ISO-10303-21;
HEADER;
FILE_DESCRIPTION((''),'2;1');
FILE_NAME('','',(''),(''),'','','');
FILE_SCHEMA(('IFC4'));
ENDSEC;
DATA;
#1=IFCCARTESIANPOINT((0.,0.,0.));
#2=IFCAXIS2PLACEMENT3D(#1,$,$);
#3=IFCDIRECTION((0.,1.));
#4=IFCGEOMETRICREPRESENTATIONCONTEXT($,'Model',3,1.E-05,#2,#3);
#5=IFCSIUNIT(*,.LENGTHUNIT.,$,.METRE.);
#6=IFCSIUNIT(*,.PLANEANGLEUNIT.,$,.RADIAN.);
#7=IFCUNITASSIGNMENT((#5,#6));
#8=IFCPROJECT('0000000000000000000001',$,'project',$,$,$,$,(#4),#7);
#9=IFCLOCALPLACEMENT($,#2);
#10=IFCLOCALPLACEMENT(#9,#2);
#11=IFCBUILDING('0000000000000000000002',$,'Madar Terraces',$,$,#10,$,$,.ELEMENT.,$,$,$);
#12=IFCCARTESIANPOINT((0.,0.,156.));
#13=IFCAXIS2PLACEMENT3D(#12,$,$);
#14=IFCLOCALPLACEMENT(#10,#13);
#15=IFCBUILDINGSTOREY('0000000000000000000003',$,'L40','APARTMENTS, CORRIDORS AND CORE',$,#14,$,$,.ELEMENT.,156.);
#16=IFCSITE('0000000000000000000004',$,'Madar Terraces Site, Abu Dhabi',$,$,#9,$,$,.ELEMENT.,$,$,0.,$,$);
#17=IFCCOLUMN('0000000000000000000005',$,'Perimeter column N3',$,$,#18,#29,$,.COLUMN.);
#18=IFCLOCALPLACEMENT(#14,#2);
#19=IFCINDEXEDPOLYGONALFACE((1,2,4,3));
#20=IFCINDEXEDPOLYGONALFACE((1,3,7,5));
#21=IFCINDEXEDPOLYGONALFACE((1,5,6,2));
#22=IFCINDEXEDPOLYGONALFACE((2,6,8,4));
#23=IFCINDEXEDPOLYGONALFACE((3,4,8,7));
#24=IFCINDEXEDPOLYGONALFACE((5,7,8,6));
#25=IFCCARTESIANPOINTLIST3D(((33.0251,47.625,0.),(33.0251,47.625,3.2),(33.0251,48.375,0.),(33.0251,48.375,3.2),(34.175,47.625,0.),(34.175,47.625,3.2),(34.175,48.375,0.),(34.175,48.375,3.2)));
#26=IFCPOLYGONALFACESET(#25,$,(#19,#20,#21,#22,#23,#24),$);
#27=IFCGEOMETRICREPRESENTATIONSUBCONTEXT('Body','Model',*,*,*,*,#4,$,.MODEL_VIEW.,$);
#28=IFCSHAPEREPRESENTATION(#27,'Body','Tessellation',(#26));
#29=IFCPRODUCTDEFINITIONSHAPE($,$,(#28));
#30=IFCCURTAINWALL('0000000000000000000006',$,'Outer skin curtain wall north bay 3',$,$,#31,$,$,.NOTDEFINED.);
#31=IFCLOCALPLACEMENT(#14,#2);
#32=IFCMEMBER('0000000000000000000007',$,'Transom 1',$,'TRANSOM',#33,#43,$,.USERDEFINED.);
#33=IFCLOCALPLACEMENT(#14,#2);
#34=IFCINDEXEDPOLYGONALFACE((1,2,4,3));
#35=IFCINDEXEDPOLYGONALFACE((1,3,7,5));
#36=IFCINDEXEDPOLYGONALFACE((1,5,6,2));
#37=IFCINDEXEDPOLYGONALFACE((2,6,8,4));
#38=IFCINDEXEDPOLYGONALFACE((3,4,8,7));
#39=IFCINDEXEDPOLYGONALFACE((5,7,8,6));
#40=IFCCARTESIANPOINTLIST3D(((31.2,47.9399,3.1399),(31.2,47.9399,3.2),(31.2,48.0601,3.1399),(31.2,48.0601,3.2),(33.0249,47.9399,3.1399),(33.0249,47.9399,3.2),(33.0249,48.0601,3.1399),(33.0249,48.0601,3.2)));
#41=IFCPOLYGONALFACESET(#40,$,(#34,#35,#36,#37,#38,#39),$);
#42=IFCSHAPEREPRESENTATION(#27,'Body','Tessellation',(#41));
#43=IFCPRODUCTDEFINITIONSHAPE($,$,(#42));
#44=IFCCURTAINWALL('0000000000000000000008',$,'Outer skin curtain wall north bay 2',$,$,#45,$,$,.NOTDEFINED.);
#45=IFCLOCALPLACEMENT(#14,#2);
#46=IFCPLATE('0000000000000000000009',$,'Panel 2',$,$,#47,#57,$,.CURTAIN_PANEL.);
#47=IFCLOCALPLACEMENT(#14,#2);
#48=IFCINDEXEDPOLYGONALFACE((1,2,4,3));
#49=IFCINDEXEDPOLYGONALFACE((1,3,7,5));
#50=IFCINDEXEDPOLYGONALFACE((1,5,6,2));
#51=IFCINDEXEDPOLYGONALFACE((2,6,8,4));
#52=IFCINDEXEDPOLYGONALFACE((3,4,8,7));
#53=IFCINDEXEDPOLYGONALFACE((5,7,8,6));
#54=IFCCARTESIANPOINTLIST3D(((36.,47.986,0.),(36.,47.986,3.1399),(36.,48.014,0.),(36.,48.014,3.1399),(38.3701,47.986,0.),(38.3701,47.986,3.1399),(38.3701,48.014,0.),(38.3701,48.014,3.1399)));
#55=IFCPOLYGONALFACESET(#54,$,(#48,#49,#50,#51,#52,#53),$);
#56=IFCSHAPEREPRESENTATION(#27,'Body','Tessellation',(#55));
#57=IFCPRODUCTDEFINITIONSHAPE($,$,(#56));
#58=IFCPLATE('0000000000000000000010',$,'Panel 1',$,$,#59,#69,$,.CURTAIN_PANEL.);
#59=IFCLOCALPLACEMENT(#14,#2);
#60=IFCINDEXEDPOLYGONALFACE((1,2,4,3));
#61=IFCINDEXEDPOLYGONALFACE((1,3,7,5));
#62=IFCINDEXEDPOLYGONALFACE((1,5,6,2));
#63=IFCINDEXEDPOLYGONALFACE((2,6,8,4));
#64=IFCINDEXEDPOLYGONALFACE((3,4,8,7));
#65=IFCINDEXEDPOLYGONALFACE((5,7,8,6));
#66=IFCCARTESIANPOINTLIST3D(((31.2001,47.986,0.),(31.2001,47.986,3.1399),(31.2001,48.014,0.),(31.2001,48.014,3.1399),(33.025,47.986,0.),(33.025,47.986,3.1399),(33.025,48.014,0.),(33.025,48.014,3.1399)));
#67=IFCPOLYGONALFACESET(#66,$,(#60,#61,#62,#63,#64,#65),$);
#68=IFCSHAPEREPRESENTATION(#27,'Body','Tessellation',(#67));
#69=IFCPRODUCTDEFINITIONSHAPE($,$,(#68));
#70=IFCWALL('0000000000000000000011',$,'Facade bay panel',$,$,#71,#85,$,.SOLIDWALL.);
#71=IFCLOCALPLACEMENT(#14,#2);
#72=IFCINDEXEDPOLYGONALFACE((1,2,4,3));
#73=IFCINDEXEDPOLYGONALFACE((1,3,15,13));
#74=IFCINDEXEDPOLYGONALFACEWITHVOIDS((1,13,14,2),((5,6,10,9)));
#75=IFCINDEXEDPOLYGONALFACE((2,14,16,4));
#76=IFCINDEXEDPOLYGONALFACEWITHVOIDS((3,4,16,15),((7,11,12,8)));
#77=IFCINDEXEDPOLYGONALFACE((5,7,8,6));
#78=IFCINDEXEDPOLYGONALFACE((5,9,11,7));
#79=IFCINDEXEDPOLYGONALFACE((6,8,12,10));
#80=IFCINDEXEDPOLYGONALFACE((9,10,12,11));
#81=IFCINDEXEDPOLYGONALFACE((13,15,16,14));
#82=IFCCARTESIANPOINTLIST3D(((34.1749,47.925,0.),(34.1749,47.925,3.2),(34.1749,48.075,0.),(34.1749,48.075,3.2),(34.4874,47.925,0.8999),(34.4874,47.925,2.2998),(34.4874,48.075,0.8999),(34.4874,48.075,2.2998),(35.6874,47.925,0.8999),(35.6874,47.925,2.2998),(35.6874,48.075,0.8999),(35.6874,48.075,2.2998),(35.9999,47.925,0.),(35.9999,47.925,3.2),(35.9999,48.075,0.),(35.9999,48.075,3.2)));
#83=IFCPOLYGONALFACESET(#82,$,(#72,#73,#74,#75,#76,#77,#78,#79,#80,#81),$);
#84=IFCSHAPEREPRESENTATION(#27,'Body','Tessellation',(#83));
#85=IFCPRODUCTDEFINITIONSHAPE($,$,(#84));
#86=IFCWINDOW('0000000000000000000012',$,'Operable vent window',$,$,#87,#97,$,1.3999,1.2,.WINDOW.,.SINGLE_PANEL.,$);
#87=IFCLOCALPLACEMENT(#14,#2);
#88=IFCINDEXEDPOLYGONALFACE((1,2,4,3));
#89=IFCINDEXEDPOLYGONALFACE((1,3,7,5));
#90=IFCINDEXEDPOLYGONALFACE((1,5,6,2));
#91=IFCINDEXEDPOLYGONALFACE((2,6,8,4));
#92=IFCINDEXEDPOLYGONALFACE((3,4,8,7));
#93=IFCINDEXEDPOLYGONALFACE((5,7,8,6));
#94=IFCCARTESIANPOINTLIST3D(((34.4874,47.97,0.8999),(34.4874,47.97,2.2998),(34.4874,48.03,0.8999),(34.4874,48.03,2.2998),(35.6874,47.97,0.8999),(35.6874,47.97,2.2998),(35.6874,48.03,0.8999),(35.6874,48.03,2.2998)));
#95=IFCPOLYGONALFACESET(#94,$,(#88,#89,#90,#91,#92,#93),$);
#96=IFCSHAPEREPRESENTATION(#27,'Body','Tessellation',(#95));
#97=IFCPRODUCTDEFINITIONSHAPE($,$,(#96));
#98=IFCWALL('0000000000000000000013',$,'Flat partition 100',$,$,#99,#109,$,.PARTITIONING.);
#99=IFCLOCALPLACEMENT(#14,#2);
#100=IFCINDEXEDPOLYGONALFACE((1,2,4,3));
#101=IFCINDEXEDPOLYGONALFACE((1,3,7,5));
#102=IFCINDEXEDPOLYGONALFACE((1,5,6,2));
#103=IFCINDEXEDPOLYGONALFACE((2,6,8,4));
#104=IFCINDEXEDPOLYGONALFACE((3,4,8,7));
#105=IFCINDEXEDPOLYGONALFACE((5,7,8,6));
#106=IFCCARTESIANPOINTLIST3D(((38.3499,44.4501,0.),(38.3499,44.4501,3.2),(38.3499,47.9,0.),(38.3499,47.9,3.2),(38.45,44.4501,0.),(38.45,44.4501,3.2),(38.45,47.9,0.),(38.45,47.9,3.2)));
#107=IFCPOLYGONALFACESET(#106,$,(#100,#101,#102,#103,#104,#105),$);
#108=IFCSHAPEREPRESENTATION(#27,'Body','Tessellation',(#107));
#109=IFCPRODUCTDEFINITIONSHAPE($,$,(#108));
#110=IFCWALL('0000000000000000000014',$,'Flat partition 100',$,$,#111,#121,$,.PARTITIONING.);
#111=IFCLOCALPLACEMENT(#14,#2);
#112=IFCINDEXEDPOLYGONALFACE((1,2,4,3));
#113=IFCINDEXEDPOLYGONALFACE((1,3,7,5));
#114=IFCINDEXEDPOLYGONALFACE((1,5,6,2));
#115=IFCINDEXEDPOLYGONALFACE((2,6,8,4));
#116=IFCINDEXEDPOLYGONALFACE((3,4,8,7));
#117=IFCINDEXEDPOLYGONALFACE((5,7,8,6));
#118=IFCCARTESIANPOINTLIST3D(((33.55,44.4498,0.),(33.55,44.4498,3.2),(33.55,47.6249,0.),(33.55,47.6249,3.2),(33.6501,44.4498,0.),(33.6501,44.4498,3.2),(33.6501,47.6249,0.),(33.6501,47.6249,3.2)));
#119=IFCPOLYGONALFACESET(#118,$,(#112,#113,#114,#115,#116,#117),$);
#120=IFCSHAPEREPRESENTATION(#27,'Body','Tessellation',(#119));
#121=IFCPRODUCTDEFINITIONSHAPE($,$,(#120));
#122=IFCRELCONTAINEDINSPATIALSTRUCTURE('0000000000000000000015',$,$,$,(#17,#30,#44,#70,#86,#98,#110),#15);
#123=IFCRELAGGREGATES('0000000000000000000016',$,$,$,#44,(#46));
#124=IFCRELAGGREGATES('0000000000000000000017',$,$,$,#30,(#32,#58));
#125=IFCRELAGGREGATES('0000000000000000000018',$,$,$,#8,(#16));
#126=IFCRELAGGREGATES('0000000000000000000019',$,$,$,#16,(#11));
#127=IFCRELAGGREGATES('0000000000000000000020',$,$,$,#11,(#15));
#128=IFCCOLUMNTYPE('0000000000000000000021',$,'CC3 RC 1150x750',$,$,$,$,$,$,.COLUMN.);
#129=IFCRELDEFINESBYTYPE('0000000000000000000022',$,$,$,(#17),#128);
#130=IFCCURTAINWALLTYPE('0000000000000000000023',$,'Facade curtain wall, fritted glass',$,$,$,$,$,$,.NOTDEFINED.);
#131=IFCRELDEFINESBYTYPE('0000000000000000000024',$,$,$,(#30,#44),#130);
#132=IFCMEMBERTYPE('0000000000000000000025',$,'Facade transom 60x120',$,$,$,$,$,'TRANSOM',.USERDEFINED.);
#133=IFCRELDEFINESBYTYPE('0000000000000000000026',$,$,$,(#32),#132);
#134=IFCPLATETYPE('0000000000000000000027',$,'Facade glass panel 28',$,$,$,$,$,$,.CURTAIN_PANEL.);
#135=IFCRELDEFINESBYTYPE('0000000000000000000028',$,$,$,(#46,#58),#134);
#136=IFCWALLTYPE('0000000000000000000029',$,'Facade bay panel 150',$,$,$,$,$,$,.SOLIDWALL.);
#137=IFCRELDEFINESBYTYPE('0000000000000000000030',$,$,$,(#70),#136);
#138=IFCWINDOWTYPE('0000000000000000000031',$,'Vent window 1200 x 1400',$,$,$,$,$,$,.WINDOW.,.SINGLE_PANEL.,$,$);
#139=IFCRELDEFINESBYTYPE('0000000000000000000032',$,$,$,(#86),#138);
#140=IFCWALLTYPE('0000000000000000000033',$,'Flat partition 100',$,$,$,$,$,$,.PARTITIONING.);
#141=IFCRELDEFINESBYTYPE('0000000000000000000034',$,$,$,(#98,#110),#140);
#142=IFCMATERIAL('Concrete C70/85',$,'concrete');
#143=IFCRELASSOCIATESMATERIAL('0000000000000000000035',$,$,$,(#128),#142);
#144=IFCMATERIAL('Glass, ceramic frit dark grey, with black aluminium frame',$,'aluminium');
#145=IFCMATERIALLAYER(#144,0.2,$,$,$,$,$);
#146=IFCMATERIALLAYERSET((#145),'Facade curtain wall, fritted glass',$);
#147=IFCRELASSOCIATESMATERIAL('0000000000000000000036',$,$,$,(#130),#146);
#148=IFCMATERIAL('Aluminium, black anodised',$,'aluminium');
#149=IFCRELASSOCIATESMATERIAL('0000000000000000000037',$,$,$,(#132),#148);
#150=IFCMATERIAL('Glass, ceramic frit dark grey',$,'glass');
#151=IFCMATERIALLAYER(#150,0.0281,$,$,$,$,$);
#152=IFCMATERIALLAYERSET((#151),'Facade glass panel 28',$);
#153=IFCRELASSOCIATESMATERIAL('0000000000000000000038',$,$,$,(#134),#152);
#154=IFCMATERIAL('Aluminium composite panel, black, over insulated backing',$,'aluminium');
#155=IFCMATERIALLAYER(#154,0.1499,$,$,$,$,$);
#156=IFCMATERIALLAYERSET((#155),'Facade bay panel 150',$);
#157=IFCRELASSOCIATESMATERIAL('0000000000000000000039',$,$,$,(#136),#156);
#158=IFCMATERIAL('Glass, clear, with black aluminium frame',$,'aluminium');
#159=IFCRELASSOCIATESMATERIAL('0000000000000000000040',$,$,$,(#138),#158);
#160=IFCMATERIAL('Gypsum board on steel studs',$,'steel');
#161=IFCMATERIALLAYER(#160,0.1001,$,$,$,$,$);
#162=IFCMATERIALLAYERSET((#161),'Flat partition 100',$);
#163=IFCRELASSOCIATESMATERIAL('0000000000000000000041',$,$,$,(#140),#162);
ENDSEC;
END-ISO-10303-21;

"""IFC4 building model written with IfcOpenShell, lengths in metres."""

from ifc_helpers import new_model, si_unit, direction, frame, frame_2d, origin, origin_2d, place, context, subcontext, project, spatial, rectangle, extrude, material, layer, layer_set, material_profile, profile_set, type_object, element, fill, aggregate, save


model = new_model("IFC4")

# Units and contexts
model_context = context("Model", 3, precision=1e-05, world=origin(), true_north=direction((0.0, 1.0)))
body_context = subcontext(model_context, "Body", "Model", "MODEL_VIEW")
ifc_project = project(units=[si_unit("LENGTHUNIT", "METRE"), si_unit("PLANEANGLEUNIT", "RADIAN")], contexts=[model_context])

# Site, building, storey
site_placement = place(None, origin())
site = spatial("IfcSite", under=ifc_project, at=site_placement, Name="Madar Terraces Site, Abu Dhabi", CompositionType="ELEMENT", RefElevation=0.0)
building_placement = place(site_placement, origin())
building = spatial("IfcBuilding", under=site, at=building_placement, Name="Madar Terraces", CompositionType="ELEMENT")
storey_placement = place(building_placement, frame((0.0, 0.0, 156.0)))
storey = spatial("IfcBuildingStorey", under=building, at=storey_placement, Name="L40", Description="APARTMENTS, CORRIDORS AND CORE", CompositionType="ELEMENT", Elevation=156.0)

# Column
ifc_material_1 = material(Name="Concrete C70/85", Category="concrete")
ifc_material_profile_1 = material_profile(ifc_material_1, rectangle(XDim=1.1499, YDim=0.75, at=origin_2d()), Name="CC3 RC 1150x750")
ifc_profile_set_1 = profile_set([ifc_material_profile_1], Name="Concrete C70/85")
column_type = type_object("IfcColumnType", Name="CC3 RC 1150x750", PredefinedType="COLUMN", material=ifc_profile_set_1)
column_placement = place(storey_placement, frame((33.6001, 48.0, 0.0), z_axis=(0.0, 0.0, 1.0), x_axis=(1.0, 0.0, 0.0)))
element("IfcColumn", 1, at=column_placement, inside=storey, type_object=column_type, Name="Perimeter column N3", PredefinedType="COLUMN", context=body_context, shape_type="SweptSolid", body=[
    extrude(rectangle(XDim=1.1499, YDim=0.75, at=origin_2d()), origin(), (0.0, 0.0, 1.0), 3.2),
])

# Curtain wall, member
ifc_material_2 = material(Name="Glass, ceramic frit dark grey, with black aluminium frame", Category="aluminium")
ifc_layer_1 = layer(ifc_material_2, 0.2)
ifc_layer_set_1 = layer_set([ifc_layer_1], Name="Facade curtain wall, fritted glass")
curtain_wall_type = type_object("IfcCurtainWallType", Name="Facade curtain wall, fritted glass", PredefinedType="NOTDEFINED", material=ifc_layer_set_1)
curtain_wall_1_placement = place(storey_placement, origin())
curtain_wall_1 = element("IfcCurtainWall", 2, at=curtain_wall_1_placement, inside=storey, type_object=curtain_wall_type, Name="Outer skin curtain wall north bay 3", PredefinedType="NOTDEFINED")
ifc_material_3 = material(Name="Aluminium, black anodised", Category="aluminium")
ifc_material_profile_2 = material_profile(ifc_material_3, rectangle(XDim=0.1201, YDim=0.0601, at=origin_2d()), Name="Facade transom 60x120")
ifc_profile_set_2 = profile_set([ifc_material_profile_2], Name="Aluminium, black anodised")
member_type = type_object("IfcMemberType", Name="Facade transom 60x120", ElementType="TRANSOM", PredefinedType="USERDEFINED", material=ifc_profile_set_2)
member_placement = place(storey_placement, frame((33.0249, 48.0, 3.1699), z_axis=(-1.0, 0.0, 0.0), x_axis=(0.0, -1.0, 0.0)))
member = element("IfcMember", 3, at=member_placement, type_object=member_type, Name="Transom 1", ObjectType="TRANSOM", PredefinedType="USERDEFINED", context=body_context, shape_type="SweptSolid", body=[
    extrude(rectangle(XDim=0.1201, YDim=0.0601, at=origin_2d()), origin(), (0.0, 0.0, 1.0), 1.825),
])

# Curtain wall, plate
curtain_wall_2_placement = place(storey_placement, origin())
curtain_wall_2 = element("IfcCurtainWall", 4, at=curtain_wall_2_placement, inside=storey, type_object=curtain_wall_type, Name="Outer skin curtain wall north bay 2", PredefinedType="NOTDEFINED")
ifc_material_4 = material(Name="Glass, ceramic frit dark grey", Category="glass")
ifc_layer_2 = layer(ifc_material_4, 0.0281)
ifc_layer_set_2 = layer_set([ifc_layer_2], Name="Facade glass panel 28")
plate_type = type_object("IfcPlateType", Name="Facade glass panel 28", PredefinedType="CURTAIN_PANEL", material=ifc_layer_set_2)
plate_1_placement = place(storey_placement, frame((37.1851, 48.0, 0.0), z_axis=(0.0, 0.0, 1.0), x_axis=(-1.0, 0.0, 0.0)))
plate_1 = element("IfcPlate", 5, at=plate_1_placement, type_object=plate_type, Name="Panel 2", PredefinedType="CURTAIN_PANEL", context=body_context, shape_type="SweptSolid", body=[
    extrude(rectangle(XDim=2.3701, YDim=0.0281, at=origin_2d()), origin(), (0.0, 0.0, 1.0), 3.1399),
])
aggregate(curtain_wall_2, [plate_1])

# Plate
plate_2_placement = place(storey_placement, frame((32.1125, 48.0, 0.0), z_axis=(0.0, 0.0, 1.0), x_axis=(-1.0, 0.0, 0.0)))
plate_2 = element("IfcPlate", 6, at=plate_2_placement, type_object=plate_type, Name="Panel 1", PredefinedType="CURTAIN_PANEL", context=body_context, shape_type="SweptSolid", body=[
    extrude(rectangle(XDim=1.825, YDim=0.0281, at=origin_2d()), origin(), (0.0, 0.0, 1.0), 3.1399),
])
aggregate(curtain_wall_1, [member, plate_2])

# Wall, opening, window
ifc_material_5 = material(Name="Aluminium composite panel, black, over insulated backing", Category="aluminium")
ifc_layer_3 = layer(ifc_material_5, 0.1499)
ifc_layer_set_3 = layer_set([ifc_layer_3], Name="Facade bay panel 150")
wall_type_1 = type_object("IfcWallType", Name="Facade bay panel 150", PredefinedType="SOLIDWALL", material=ifc_layer_set_3)
wall_1_placement = place(storey_placement, frame((36.0, 48.0, 0.0), z_axis=(0.0, 0.0, 1.0), x_axis=(-1.0, 0.0, 0.0)))
wall_1 = element("IfcWall", 7, at=wall_1_placement, inside=storey, type_object=wall_type_1, Name="Facade bay panel", PredefinedType="SOLIDWALL", context=body_context, shape_type="SweptSolid", body=[
    extrude(rectangle(XDim=1.825, YDim=0.1499, at=frame_2d((0.9126, 0.0))), origin(), (0.0, 0.0, 1.0), 3.2),
])
opening_1_placement = place(wall_1_placement, frame((0.3125, 0.0, 0.8999)))
opening_1 = element("IfcOpeningElement", 8, at=opening_1_placement, cuts=wall_1, PredefinedType="OPENING", context=body_context, shape_type="SweptSolid", body=[
    extrude(rectangle(XDim=1.2, YDim=1.3999, at=frame_2d((0.6001, 0.7))), frame((0.0, 0.085, 0.0), z_axis=(0.0, -1.0, 0.0), x_axis=(1.0, 0.0, 0.0)), (0.0, 0.0, 1.0), 0.1699),
])
ifc_material_6 = material(Name="Glass, clear, with black aluminium frame", Category="aluminium")
window_type = type_object("IfcWindowType", Name="Vent window 1200 x 1400", PartitioningType="SINGLE_PANEL", PredefinedType="WINDOW", material=ifc_material_6)
window_placement = place(opening_1_placement, origin())
window = element("IfcWindow", 9, at=window_placement, inside=storey, type_object=window_type, Name="Operable vent window", OverallHeight=1.3999, OverallWidth=1.2, PartitioningType="SINGLE_PANEL", PredefinedType="WINDOW", context=body_context, shape_type="SweptSolid", body=[
    extrude(rectangle(XDim=1.2, YDim=1.3999, at=frame_2d((0.6001, 0.7))), frame((0.0, 0.03, 0.0), z_axis=(0.0, -1.0, 0.0), x_axis=(1.0, 0.0, 0.0)), (0.0, 0.0, 1.0), 0.0601),
])
fill(opening_1, window)

# Walls
ifc_material_7 = material(Name="Gypsum board on steel studs", Category="steel")
ifc_layer_4 = layer(ifc_material_7, 0.1001)
ifc_layer_set_4 = layer_set([ifc_layer_4], Name="Flat partition 100")
wall_type_2 = type_object("IfcWallType", Name="Flat partition 100", PredefinedType="PARTITIONING", material=ifc_layer_set_4)
wall_2_placement = place(storey_placement, frame((38.3999, 44.45, 0.0), z_axis=(0.0, 0.0, 1.0), x_axis=(0.0, 1.0, 0.0)))
element("IfcWall", 10, at=wall_2_placement, inside=storey, type_object=wall_type_2, Name="Flat partition 100", PredefinedType="PARTITIONING", context=body_context, shape_type="SweptSolid", body=[
    extrude(rectangle(XDim=3.45, YDim=0.1001, at=frame_2d((1.7251, 0.0))), origin(), (0.0, 0.0, 1.0), 3.2),
])
wall_3_placement = place(storey_placement, frame((33.6001, 44.45, 0.0), z_axis=(0.0, 0.0, 1.0), x_axis=(0.0, 1.0, 0.0)))
element("IfcWall", 11, at=wall_3_placement, inside=storey, type_object=wall_type_2, Name="Flat partition 100", PredefinedType="PARTITIONING", context=body_context, shape_type="SweptSolid", body=[
    extrude(rectangle(XDim=3.175, YDim=0.1001, at=frame_2d((1.5874, 0.0))), origin(), (0.0, 0.0, 1.0), 3.2),
])

save(model, "model.ifc")
